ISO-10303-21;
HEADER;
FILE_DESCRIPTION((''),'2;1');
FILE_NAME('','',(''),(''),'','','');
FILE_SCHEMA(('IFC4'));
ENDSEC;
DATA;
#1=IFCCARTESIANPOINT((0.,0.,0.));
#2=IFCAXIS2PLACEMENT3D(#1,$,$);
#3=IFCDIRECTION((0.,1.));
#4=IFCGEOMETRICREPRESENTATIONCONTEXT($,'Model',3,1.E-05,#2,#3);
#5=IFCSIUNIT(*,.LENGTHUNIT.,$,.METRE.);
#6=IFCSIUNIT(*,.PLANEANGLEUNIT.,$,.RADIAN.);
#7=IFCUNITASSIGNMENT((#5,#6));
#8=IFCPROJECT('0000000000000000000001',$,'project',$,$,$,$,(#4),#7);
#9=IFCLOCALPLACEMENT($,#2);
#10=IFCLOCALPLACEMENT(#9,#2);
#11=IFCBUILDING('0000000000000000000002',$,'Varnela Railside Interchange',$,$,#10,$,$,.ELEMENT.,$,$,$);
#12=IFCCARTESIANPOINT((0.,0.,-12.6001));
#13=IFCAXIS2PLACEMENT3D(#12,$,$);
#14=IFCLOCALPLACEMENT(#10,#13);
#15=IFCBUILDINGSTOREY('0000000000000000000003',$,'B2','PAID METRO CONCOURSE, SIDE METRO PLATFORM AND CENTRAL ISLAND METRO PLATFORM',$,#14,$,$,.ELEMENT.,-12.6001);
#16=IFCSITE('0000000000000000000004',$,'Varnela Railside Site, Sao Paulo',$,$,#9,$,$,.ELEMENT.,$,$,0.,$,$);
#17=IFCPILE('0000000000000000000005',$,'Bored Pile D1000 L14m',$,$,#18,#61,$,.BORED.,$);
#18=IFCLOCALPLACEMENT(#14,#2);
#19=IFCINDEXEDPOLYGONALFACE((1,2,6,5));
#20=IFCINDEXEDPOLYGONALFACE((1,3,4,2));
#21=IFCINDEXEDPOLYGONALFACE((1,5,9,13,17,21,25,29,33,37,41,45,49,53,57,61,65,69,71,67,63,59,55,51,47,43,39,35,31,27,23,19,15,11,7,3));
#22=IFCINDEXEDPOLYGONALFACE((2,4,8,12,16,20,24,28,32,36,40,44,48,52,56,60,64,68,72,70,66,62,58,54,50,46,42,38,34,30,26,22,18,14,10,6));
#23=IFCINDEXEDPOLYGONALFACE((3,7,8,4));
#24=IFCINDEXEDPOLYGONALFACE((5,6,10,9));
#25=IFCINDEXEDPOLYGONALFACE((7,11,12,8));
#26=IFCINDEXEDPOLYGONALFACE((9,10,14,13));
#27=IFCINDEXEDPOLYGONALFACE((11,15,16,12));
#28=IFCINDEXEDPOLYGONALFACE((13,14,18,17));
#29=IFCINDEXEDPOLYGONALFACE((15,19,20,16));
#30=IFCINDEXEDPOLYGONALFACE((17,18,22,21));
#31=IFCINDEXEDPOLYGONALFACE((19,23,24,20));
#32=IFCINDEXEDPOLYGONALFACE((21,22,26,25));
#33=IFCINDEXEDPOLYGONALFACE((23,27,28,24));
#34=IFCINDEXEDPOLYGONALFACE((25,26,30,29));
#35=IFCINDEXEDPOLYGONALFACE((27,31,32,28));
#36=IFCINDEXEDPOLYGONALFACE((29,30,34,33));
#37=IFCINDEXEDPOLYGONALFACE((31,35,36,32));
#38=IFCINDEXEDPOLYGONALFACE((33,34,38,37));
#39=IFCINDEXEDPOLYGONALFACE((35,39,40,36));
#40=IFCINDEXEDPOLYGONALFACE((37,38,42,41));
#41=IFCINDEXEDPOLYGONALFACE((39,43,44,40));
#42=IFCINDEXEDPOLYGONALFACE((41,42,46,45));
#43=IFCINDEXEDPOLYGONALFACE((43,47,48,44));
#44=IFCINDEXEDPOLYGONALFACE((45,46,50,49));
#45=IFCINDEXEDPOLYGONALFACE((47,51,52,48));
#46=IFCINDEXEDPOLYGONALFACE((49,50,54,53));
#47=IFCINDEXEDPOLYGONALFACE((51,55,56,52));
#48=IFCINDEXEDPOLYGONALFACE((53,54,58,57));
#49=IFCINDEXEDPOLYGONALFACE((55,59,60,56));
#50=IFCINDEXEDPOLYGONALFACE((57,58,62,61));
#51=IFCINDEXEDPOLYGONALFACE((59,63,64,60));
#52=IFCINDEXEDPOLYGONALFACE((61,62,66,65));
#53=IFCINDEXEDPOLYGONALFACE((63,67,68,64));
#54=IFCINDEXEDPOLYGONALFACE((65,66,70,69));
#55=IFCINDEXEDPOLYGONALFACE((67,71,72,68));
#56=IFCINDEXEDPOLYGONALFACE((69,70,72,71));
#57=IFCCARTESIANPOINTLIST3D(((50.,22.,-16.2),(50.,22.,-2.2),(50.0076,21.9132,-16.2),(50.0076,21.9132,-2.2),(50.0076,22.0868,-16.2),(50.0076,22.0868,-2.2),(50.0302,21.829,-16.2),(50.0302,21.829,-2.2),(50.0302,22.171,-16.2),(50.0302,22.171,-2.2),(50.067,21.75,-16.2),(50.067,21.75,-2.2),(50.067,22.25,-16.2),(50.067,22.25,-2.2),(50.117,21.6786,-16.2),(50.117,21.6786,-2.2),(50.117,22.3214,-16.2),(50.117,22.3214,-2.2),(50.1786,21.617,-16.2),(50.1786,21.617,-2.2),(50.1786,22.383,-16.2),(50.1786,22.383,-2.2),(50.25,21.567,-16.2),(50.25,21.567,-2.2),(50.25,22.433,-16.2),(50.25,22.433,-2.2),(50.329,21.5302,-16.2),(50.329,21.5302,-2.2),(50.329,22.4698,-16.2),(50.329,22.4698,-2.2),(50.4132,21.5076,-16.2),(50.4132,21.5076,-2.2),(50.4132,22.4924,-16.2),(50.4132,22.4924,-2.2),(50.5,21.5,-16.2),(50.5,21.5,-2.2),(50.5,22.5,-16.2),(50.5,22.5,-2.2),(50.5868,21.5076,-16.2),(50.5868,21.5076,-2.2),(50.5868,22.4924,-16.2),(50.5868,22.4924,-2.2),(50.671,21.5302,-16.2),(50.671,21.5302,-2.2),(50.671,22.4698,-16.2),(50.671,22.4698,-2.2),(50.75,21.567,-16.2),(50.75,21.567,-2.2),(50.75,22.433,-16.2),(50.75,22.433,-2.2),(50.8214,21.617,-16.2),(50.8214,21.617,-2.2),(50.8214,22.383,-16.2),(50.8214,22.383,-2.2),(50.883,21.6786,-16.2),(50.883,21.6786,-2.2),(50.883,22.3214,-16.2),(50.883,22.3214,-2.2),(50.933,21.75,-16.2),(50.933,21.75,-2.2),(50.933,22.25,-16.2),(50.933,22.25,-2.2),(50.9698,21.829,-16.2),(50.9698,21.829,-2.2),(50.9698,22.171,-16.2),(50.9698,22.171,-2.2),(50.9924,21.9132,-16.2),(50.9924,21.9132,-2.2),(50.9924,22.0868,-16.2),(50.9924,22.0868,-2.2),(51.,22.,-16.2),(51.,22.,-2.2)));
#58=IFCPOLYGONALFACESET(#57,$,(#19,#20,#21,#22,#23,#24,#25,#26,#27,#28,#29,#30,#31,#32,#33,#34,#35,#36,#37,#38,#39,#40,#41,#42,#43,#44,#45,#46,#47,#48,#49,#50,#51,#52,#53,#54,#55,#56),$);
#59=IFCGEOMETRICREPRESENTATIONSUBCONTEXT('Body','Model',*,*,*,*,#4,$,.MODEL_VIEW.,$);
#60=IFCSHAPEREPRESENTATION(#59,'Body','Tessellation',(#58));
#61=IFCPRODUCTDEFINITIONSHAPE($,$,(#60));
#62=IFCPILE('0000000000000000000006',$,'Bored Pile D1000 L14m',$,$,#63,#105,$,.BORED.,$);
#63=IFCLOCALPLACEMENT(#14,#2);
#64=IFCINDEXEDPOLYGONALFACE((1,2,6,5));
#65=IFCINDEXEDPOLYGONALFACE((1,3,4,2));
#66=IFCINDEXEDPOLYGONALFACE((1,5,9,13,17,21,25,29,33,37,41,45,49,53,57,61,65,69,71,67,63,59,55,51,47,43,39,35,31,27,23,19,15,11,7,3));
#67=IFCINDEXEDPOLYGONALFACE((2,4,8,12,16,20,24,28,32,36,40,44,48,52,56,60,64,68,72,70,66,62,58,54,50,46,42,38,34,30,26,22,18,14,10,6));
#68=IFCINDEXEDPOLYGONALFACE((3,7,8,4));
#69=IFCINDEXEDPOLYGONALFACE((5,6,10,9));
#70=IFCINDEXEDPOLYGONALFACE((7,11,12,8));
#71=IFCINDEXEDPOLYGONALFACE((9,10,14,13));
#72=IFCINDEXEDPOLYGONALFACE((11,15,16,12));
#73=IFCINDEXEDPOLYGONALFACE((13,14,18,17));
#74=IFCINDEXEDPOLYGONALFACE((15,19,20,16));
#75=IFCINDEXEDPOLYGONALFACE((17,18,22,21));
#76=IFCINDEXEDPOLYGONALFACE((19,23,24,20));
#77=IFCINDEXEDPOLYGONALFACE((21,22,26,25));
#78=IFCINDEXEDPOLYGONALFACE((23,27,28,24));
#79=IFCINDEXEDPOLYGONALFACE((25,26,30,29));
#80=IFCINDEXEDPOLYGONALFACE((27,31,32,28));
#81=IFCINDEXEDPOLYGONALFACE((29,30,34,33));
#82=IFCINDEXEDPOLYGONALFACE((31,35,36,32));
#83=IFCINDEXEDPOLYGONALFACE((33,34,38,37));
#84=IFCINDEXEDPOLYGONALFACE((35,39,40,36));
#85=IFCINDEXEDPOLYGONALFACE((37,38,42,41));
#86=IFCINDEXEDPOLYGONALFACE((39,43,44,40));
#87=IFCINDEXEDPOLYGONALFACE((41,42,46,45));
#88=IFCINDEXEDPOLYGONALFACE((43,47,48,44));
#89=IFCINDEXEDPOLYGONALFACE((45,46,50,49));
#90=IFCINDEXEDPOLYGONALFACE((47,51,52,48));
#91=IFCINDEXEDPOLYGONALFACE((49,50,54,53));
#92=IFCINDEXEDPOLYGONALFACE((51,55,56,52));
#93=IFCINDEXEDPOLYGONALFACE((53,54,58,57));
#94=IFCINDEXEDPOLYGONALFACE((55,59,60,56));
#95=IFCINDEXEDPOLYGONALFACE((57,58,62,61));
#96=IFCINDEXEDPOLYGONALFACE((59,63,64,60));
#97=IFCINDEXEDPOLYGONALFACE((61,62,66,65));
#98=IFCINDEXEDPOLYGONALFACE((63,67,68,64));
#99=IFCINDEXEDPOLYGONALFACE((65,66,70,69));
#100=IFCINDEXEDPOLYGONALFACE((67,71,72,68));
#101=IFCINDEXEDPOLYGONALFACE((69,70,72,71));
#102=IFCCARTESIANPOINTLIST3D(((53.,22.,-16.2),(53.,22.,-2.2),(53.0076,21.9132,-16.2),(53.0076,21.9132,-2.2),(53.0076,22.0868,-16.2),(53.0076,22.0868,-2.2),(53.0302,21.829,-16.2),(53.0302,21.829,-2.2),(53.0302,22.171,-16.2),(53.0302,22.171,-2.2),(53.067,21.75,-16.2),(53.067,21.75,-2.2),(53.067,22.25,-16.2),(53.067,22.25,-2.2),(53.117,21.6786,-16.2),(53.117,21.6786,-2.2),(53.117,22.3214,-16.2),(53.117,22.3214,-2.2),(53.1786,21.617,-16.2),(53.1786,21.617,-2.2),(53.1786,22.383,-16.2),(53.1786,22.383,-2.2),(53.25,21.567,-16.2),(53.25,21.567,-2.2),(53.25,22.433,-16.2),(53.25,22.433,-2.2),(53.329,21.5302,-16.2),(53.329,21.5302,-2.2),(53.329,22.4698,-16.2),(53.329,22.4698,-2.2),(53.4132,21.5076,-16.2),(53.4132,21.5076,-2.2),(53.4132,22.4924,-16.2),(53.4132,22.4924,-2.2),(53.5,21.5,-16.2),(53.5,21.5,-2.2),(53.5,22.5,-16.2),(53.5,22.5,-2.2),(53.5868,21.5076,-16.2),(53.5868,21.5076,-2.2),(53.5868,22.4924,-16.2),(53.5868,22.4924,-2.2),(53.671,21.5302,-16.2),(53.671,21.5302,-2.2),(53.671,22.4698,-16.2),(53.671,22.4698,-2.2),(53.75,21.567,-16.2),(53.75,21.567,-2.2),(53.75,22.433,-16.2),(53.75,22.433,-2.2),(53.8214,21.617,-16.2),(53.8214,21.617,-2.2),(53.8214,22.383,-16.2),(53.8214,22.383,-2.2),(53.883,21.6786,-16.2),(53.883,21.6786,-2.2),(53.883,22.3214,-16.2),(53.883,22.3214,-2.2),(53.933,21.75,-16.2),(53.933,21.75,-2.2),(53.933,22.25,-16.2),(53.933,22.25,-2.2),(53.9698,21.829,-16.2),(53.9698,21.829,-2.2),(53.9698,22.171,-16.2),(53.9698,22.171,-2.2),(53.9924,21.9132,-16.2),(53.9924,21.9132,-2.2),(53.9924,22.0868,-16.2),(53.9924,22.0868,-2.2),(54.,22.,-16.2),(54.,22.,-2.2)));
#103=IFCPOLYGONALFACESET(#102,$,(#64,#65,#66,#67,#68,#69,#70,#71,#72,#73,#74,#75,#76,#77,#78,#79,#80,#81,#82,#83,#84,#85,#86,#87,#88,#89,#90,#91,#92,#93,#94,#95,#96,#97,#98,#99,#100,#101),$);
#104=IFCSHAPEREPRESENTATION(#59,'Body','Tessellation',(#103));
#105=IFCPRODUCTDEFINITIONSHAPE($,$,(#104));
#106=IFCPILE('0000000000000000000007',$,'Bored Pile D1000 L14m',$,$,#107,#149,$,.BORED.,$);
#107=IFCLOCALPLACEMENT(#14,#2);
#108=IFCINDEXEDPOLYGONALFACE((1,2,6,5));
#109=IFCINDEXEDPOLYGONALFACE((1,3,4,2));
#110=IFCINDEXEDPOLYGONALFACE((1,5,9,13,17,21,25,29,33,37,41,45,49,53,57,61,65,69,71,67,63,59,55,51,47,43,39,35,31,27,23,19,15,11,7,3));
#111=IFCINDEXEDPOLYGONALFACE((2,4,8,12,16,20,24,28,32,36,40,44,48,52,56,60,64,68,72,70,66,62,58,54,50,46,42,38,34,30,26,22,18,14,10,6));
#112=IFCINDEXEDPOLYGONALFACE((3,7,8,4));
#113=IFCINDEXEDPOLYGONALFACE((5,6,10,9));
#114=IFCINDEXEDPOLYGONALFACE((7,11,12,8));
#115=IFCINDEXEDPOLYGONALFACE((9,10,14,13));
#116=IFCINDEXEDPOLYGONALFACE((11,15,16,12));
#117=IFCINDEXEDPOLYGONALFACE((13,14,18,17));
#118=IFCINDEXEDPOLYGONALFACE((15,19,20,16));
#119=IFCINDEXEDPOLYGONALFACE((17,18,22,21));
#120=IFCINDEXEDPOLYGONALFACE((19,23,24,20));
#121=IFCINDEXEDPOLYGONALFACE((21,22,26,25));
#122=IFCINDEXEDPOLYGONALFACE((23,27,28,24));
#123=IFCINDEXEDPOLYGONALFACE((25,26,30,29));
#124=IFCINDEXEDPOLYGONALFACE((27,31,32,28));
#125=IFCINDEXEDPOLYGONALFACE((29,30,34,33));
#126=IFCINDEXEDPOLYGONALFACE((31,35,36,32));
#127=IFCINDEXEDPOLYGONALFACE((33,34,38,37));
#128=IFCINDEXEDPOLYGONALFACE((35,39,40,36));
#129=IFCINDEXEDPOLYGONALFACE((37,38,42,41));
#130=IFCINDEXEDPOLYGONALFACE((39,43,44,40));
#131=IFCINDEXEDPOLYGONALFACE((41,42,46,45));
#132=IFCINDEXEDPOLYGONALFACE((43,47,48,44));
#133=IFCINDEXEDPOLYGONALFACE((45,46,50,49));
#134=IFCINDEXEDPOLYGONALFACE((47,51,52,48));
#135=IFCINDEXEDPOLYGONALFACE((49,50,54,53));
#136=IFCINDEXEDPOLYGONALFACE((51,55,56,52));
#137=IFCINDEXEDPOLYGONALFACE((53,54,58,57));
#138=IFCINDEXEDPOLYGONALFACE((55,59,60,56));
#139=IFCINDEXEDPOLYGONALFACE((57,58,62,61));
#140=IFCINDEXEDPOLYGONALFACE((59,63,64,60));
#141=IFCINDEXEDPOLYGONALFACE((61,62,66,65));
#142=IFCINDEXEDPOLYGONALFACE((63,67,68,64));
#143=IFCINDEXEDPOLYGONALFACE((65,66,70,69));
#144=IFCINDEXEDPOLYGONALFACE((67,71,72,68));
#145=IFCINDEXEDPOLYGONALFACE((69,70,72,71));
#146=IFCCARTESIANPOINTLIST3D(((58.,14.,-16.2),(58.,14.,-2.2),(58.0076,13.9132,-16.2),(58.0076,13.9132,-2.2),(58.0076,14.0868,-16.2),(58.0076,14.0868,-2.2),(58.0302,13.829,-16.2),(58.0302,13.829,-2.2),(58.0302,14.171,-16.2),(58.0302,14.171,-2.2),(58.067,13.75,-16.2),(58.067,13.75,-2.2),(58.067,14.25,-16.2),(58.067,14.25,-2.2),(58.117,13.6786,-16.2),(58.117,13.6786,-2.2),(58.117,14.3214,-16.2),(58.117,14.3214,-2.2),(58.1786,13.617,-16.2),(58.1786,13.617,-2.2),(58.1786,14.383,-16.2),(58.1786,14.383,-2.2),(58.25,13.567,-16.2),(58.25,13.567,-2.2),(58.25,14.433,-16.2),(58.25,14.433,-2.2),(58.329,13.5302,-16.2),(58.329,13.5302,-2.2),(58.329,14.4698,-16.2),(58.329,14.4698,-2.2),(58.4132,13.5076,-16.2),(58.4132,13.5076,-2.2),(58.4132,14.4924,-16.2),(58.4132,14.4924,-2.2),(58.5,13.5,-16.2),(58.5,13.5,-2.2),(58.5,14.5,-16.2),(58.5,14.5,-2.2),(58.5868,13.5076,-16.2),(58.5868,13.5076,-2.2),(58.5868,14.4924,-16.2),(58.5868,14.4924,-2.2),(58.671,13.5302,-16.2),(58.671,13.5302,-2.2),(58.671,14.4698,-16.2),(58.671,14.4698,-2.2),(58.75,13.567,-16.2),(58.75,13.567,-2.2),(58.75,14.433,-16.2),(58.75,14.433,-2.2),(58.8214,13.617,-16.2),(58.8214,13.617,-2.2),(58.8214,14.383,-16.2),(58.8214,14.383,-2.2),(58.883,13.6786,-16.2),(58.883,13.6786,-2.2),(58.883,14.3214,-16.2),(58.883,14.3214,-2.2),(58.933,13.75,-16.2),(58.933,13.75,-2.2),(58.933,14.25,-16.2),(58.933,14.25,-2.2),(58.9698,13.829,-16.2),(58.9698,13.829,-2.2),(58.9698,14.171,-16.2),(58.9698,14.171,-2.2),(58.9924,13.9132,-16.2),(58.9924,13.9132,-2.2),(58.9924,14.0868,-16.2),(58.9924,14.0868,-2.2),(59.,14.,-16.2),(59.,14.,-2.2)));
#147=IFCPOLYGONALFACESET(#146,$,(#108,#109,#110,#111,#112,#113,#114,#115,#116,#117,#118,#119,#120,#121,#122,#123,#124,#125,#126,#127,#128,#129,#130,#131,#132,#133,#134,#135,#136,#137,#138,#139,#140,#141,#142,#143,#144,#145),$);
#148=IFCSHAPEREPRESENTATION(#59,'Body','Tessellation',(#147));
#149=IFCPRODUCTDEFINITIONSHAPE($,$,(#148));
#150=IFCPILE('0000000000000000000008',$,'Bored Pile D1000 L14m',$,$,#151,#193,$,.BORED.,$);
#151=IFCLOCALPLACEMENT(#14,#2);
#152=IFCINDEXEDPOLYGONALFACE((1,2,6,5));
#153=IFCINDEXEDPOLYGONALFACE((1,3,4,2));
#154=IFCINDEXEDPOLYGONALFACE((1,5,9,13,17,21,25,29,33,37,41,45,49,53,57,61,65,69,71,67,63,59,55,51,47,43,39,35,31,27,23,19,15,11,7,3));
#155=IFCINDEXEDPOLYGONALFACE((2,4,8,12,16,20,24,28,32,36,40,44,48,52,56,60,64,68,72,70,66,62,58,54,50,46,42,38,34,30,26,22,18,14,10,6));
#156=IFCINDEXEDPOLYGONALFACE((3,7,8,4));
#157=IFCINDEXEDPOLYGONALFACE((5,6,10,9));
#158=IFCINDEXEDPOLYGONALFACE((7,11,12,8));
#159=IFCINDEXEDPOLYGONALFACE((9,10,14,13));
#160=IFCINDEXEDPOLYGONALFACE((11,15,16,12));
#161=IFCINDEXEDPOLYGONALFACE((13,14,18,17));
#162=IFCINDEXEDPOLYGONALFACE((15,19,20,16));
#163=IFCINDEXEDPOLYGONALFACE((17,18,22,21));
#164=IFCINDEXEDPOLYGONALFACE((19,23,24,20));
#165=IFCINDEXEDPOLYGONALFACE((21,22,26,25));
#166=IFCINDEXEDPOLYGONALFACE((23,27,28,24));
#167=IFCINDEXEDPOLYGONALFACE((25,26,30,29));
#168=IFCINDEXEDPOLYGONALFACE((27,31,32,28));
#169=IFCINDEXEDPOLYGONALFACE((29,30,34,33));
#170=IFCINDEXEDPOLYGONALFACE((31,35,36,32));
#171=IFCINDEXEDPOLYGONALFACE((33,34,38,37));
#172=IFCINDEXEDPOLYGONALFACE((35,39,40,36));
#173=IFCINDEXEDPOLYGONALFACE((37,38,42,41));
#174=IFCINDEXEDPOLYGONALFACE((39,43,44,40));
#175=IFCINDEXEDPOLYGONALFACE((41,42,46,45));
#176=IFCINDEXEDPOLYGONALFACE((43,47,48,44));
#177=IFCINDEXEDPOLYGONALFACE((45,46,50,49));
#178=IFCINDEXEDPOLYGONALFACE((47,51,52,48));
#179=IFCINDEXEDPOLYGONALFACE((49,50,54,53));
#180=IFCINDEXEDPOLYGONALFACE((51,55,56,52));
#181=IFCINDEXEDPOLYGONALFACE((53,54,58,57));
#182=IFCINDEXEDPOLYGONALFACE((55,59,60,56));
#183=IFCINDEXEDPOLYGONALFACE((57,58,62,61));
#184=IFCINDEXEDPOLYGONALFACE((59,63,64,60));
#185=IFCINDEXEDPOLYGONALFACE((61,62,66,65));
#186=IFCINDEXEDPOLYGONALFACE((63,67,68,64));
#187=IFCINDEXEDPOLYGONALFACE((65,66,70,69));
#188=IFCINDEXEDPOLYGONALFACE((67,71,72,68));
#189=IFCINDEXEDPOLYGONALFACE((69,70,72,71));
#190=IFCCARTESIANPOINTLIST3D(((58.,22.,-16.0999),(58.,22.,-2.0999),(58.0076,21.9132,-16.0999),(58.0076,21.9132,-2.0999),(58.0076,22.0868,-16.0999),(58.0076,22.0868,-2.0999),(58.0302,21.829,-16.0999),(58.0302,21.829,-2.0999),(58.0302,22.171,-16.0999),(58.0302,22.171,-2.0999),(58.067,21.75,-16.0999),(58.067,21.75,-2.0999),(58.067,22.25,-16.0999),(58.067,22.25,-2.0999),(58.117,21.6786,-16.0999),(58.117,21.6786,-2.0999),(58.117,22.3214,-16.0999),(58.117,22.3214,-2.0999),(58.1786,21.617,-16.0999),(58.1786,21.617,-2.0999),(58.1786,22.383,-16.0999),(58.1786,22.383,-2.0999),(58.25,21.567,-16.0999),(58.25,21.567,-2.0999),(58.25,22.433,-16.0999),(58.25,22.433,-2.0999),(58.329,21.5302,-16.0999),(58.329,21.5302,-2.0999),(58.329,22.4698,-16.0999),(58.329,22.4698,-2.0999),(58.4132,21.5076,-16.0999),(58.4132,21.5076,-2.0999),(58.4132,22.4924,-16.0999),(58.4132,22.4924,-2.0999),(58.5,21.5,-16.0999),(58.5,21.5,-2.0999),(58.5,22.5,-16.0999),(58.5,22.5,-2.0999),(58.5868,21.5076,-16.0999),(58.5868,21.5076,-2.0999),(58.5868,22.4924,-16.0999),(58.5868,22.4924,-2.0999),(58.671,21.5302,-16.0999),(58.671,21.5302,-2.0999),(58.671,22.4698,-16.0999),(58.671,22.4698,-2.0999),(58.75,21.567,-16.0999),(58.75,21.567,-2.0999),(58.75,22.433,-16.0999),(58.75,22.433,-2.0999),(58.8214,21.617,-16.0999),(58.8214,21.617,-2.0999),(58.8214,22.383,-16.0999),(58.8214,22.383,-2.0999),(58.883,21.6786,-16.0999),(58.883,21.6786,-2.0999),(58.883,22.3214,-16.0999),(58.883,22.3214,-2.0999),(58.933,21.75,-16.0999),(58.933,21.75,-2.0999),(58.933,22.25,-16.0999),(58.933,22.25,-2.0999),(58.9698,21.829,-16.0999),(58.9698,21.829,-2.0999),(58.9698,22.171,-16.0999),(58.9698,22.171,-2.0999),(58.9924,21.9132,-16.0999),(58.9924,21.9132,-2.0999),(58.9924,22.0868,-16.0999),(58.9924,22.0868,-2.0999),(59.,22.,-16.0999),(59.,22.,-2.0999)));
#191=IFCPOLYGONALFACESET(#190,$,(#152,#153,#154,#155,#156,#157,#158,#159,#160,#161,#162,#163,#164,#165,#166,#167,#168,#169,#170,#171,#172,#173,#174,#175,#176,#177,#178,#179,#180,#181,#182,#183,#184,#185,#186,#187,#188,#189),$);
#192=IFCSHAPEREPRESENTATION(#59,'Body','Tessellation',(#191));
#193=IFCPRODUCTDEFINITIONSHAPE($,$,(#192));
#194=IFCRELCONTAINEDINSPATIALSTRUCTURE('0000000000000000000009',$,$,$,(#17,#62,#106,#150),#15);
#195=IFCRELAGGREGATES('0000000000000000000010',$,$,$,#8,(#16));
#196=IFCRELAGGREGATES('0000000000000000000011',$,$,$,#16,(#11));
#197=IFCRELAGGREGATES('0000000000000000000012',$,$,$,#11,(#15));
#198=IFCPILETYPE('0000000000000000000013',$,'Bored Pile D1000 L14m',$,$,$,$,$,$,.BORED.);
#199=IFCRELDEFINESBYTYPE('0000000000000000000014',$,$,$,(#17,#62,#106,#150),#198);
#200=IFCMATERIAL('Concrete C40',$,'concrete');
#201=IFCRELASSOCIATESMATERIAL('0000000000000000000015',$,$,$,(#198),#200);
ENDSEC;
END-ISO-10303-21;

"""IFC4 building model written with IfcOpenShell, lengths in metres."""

from ifc_helpers import new_model, si_unit, direction, frame, origin, origin_2d, place, context, subcontext, project, spatial, circle, extrude, material, material_profile, profile_set, type_object, element, save


model = new_model("IFC4")

# Units and contexts
model_context = context("Model", 3, precision=1e-05, world=origin(), true_north=direction((0.0, 1.0)))
body_context = subcontext(model_context, "Body", "Model", "MODEL_VIEW")
ifc_project = project(units=[si_unit("LENGTHUNIT", "METRE"), si_unit("PLANEANGLEUNIT", "RADIAN")], contexts=[model_context])

# Site, building, storey
site_placement = place(None, origin())
site = spatial("IfcSite", under=ifc_project, at=site_placement, Name="Varnela Railside Site, Sao Paulo", CompositionType="ELEMENT", RefElevation=0.0)
building_placement = place(site_placement, origin())
building = spatial("IfcBuilding", under=site, at=building_placement, Name="Varnela Railside Interchange", CompositionType="ELEMENT")
storey_placement = place(building_placement, frame((0.0, 0.0, -12.6001)))
storey = spatial("IfcBuildingStorey", under=building, at=storey_placement, Name="B2", Description="PAID METRO CONCOURSE, SIDE METRO PLATFORM AND CENTRAL ISLAND METRO PLATFORM", CompositionType="ELEMENT", Elevation=-12.6001)

# Piles
ifc_material_1 = material(Name="Concrete C40", Category="concrete")
ifc_material_profile_1 = material_profile(ifc_material_1, circle(Radius=0.5, at=origin_2d()), Name="BORED PILE D1000")
ifc_profile_set_1 = profile_set([ifc_material_profile_1], Name="Concrete C40")
pile_type_1 = type_object("IfcPileType", Name="Bored Pile D1000 L14m", PredefinedType="BORED", material=ifc_profile_set_1)
for number, where, z_axis, x_axis, name in (
    (1, (50.5, 22.0, -2.2), (0.0, 0.0, -1.0), (1.0, 0.0, 0.0), "Bored Pile D1000 L14m"),
    (2, (53.5, 22.0, -2.2), (0.0, 0.0, -1.0), (1.0, 0.0, 0.0), "Bored Pile D1000 L14m"),
    (3, (58.5, 14.0, -2.2), (0.0, 0.0, -1.0), (1.0, 0.0, 0.0), "Bored Pile D1000 L14m"),
    (4, (58.5, 22.0, -2.0999), (0.0, 0.0, -1.0), (1.0, 0.0, 0.0), "Bored Pile D1000 L14m"),
):
    element("IfcPile", number, at=place(storey_placement, frame(where, z_axis=z_axis, x_axis=x_axis)), inside=storey, type_object=pile_type_1, Name=name, PredefinedType="BORED", context=body_context, shape_type="SweptSolid", body=[
        extrude(circle(Radius=0.5, at=origin_2d()), origin(), (0.0, 0.0, 1.0), 14.0),
    ])

save(model, "model.ifc")
